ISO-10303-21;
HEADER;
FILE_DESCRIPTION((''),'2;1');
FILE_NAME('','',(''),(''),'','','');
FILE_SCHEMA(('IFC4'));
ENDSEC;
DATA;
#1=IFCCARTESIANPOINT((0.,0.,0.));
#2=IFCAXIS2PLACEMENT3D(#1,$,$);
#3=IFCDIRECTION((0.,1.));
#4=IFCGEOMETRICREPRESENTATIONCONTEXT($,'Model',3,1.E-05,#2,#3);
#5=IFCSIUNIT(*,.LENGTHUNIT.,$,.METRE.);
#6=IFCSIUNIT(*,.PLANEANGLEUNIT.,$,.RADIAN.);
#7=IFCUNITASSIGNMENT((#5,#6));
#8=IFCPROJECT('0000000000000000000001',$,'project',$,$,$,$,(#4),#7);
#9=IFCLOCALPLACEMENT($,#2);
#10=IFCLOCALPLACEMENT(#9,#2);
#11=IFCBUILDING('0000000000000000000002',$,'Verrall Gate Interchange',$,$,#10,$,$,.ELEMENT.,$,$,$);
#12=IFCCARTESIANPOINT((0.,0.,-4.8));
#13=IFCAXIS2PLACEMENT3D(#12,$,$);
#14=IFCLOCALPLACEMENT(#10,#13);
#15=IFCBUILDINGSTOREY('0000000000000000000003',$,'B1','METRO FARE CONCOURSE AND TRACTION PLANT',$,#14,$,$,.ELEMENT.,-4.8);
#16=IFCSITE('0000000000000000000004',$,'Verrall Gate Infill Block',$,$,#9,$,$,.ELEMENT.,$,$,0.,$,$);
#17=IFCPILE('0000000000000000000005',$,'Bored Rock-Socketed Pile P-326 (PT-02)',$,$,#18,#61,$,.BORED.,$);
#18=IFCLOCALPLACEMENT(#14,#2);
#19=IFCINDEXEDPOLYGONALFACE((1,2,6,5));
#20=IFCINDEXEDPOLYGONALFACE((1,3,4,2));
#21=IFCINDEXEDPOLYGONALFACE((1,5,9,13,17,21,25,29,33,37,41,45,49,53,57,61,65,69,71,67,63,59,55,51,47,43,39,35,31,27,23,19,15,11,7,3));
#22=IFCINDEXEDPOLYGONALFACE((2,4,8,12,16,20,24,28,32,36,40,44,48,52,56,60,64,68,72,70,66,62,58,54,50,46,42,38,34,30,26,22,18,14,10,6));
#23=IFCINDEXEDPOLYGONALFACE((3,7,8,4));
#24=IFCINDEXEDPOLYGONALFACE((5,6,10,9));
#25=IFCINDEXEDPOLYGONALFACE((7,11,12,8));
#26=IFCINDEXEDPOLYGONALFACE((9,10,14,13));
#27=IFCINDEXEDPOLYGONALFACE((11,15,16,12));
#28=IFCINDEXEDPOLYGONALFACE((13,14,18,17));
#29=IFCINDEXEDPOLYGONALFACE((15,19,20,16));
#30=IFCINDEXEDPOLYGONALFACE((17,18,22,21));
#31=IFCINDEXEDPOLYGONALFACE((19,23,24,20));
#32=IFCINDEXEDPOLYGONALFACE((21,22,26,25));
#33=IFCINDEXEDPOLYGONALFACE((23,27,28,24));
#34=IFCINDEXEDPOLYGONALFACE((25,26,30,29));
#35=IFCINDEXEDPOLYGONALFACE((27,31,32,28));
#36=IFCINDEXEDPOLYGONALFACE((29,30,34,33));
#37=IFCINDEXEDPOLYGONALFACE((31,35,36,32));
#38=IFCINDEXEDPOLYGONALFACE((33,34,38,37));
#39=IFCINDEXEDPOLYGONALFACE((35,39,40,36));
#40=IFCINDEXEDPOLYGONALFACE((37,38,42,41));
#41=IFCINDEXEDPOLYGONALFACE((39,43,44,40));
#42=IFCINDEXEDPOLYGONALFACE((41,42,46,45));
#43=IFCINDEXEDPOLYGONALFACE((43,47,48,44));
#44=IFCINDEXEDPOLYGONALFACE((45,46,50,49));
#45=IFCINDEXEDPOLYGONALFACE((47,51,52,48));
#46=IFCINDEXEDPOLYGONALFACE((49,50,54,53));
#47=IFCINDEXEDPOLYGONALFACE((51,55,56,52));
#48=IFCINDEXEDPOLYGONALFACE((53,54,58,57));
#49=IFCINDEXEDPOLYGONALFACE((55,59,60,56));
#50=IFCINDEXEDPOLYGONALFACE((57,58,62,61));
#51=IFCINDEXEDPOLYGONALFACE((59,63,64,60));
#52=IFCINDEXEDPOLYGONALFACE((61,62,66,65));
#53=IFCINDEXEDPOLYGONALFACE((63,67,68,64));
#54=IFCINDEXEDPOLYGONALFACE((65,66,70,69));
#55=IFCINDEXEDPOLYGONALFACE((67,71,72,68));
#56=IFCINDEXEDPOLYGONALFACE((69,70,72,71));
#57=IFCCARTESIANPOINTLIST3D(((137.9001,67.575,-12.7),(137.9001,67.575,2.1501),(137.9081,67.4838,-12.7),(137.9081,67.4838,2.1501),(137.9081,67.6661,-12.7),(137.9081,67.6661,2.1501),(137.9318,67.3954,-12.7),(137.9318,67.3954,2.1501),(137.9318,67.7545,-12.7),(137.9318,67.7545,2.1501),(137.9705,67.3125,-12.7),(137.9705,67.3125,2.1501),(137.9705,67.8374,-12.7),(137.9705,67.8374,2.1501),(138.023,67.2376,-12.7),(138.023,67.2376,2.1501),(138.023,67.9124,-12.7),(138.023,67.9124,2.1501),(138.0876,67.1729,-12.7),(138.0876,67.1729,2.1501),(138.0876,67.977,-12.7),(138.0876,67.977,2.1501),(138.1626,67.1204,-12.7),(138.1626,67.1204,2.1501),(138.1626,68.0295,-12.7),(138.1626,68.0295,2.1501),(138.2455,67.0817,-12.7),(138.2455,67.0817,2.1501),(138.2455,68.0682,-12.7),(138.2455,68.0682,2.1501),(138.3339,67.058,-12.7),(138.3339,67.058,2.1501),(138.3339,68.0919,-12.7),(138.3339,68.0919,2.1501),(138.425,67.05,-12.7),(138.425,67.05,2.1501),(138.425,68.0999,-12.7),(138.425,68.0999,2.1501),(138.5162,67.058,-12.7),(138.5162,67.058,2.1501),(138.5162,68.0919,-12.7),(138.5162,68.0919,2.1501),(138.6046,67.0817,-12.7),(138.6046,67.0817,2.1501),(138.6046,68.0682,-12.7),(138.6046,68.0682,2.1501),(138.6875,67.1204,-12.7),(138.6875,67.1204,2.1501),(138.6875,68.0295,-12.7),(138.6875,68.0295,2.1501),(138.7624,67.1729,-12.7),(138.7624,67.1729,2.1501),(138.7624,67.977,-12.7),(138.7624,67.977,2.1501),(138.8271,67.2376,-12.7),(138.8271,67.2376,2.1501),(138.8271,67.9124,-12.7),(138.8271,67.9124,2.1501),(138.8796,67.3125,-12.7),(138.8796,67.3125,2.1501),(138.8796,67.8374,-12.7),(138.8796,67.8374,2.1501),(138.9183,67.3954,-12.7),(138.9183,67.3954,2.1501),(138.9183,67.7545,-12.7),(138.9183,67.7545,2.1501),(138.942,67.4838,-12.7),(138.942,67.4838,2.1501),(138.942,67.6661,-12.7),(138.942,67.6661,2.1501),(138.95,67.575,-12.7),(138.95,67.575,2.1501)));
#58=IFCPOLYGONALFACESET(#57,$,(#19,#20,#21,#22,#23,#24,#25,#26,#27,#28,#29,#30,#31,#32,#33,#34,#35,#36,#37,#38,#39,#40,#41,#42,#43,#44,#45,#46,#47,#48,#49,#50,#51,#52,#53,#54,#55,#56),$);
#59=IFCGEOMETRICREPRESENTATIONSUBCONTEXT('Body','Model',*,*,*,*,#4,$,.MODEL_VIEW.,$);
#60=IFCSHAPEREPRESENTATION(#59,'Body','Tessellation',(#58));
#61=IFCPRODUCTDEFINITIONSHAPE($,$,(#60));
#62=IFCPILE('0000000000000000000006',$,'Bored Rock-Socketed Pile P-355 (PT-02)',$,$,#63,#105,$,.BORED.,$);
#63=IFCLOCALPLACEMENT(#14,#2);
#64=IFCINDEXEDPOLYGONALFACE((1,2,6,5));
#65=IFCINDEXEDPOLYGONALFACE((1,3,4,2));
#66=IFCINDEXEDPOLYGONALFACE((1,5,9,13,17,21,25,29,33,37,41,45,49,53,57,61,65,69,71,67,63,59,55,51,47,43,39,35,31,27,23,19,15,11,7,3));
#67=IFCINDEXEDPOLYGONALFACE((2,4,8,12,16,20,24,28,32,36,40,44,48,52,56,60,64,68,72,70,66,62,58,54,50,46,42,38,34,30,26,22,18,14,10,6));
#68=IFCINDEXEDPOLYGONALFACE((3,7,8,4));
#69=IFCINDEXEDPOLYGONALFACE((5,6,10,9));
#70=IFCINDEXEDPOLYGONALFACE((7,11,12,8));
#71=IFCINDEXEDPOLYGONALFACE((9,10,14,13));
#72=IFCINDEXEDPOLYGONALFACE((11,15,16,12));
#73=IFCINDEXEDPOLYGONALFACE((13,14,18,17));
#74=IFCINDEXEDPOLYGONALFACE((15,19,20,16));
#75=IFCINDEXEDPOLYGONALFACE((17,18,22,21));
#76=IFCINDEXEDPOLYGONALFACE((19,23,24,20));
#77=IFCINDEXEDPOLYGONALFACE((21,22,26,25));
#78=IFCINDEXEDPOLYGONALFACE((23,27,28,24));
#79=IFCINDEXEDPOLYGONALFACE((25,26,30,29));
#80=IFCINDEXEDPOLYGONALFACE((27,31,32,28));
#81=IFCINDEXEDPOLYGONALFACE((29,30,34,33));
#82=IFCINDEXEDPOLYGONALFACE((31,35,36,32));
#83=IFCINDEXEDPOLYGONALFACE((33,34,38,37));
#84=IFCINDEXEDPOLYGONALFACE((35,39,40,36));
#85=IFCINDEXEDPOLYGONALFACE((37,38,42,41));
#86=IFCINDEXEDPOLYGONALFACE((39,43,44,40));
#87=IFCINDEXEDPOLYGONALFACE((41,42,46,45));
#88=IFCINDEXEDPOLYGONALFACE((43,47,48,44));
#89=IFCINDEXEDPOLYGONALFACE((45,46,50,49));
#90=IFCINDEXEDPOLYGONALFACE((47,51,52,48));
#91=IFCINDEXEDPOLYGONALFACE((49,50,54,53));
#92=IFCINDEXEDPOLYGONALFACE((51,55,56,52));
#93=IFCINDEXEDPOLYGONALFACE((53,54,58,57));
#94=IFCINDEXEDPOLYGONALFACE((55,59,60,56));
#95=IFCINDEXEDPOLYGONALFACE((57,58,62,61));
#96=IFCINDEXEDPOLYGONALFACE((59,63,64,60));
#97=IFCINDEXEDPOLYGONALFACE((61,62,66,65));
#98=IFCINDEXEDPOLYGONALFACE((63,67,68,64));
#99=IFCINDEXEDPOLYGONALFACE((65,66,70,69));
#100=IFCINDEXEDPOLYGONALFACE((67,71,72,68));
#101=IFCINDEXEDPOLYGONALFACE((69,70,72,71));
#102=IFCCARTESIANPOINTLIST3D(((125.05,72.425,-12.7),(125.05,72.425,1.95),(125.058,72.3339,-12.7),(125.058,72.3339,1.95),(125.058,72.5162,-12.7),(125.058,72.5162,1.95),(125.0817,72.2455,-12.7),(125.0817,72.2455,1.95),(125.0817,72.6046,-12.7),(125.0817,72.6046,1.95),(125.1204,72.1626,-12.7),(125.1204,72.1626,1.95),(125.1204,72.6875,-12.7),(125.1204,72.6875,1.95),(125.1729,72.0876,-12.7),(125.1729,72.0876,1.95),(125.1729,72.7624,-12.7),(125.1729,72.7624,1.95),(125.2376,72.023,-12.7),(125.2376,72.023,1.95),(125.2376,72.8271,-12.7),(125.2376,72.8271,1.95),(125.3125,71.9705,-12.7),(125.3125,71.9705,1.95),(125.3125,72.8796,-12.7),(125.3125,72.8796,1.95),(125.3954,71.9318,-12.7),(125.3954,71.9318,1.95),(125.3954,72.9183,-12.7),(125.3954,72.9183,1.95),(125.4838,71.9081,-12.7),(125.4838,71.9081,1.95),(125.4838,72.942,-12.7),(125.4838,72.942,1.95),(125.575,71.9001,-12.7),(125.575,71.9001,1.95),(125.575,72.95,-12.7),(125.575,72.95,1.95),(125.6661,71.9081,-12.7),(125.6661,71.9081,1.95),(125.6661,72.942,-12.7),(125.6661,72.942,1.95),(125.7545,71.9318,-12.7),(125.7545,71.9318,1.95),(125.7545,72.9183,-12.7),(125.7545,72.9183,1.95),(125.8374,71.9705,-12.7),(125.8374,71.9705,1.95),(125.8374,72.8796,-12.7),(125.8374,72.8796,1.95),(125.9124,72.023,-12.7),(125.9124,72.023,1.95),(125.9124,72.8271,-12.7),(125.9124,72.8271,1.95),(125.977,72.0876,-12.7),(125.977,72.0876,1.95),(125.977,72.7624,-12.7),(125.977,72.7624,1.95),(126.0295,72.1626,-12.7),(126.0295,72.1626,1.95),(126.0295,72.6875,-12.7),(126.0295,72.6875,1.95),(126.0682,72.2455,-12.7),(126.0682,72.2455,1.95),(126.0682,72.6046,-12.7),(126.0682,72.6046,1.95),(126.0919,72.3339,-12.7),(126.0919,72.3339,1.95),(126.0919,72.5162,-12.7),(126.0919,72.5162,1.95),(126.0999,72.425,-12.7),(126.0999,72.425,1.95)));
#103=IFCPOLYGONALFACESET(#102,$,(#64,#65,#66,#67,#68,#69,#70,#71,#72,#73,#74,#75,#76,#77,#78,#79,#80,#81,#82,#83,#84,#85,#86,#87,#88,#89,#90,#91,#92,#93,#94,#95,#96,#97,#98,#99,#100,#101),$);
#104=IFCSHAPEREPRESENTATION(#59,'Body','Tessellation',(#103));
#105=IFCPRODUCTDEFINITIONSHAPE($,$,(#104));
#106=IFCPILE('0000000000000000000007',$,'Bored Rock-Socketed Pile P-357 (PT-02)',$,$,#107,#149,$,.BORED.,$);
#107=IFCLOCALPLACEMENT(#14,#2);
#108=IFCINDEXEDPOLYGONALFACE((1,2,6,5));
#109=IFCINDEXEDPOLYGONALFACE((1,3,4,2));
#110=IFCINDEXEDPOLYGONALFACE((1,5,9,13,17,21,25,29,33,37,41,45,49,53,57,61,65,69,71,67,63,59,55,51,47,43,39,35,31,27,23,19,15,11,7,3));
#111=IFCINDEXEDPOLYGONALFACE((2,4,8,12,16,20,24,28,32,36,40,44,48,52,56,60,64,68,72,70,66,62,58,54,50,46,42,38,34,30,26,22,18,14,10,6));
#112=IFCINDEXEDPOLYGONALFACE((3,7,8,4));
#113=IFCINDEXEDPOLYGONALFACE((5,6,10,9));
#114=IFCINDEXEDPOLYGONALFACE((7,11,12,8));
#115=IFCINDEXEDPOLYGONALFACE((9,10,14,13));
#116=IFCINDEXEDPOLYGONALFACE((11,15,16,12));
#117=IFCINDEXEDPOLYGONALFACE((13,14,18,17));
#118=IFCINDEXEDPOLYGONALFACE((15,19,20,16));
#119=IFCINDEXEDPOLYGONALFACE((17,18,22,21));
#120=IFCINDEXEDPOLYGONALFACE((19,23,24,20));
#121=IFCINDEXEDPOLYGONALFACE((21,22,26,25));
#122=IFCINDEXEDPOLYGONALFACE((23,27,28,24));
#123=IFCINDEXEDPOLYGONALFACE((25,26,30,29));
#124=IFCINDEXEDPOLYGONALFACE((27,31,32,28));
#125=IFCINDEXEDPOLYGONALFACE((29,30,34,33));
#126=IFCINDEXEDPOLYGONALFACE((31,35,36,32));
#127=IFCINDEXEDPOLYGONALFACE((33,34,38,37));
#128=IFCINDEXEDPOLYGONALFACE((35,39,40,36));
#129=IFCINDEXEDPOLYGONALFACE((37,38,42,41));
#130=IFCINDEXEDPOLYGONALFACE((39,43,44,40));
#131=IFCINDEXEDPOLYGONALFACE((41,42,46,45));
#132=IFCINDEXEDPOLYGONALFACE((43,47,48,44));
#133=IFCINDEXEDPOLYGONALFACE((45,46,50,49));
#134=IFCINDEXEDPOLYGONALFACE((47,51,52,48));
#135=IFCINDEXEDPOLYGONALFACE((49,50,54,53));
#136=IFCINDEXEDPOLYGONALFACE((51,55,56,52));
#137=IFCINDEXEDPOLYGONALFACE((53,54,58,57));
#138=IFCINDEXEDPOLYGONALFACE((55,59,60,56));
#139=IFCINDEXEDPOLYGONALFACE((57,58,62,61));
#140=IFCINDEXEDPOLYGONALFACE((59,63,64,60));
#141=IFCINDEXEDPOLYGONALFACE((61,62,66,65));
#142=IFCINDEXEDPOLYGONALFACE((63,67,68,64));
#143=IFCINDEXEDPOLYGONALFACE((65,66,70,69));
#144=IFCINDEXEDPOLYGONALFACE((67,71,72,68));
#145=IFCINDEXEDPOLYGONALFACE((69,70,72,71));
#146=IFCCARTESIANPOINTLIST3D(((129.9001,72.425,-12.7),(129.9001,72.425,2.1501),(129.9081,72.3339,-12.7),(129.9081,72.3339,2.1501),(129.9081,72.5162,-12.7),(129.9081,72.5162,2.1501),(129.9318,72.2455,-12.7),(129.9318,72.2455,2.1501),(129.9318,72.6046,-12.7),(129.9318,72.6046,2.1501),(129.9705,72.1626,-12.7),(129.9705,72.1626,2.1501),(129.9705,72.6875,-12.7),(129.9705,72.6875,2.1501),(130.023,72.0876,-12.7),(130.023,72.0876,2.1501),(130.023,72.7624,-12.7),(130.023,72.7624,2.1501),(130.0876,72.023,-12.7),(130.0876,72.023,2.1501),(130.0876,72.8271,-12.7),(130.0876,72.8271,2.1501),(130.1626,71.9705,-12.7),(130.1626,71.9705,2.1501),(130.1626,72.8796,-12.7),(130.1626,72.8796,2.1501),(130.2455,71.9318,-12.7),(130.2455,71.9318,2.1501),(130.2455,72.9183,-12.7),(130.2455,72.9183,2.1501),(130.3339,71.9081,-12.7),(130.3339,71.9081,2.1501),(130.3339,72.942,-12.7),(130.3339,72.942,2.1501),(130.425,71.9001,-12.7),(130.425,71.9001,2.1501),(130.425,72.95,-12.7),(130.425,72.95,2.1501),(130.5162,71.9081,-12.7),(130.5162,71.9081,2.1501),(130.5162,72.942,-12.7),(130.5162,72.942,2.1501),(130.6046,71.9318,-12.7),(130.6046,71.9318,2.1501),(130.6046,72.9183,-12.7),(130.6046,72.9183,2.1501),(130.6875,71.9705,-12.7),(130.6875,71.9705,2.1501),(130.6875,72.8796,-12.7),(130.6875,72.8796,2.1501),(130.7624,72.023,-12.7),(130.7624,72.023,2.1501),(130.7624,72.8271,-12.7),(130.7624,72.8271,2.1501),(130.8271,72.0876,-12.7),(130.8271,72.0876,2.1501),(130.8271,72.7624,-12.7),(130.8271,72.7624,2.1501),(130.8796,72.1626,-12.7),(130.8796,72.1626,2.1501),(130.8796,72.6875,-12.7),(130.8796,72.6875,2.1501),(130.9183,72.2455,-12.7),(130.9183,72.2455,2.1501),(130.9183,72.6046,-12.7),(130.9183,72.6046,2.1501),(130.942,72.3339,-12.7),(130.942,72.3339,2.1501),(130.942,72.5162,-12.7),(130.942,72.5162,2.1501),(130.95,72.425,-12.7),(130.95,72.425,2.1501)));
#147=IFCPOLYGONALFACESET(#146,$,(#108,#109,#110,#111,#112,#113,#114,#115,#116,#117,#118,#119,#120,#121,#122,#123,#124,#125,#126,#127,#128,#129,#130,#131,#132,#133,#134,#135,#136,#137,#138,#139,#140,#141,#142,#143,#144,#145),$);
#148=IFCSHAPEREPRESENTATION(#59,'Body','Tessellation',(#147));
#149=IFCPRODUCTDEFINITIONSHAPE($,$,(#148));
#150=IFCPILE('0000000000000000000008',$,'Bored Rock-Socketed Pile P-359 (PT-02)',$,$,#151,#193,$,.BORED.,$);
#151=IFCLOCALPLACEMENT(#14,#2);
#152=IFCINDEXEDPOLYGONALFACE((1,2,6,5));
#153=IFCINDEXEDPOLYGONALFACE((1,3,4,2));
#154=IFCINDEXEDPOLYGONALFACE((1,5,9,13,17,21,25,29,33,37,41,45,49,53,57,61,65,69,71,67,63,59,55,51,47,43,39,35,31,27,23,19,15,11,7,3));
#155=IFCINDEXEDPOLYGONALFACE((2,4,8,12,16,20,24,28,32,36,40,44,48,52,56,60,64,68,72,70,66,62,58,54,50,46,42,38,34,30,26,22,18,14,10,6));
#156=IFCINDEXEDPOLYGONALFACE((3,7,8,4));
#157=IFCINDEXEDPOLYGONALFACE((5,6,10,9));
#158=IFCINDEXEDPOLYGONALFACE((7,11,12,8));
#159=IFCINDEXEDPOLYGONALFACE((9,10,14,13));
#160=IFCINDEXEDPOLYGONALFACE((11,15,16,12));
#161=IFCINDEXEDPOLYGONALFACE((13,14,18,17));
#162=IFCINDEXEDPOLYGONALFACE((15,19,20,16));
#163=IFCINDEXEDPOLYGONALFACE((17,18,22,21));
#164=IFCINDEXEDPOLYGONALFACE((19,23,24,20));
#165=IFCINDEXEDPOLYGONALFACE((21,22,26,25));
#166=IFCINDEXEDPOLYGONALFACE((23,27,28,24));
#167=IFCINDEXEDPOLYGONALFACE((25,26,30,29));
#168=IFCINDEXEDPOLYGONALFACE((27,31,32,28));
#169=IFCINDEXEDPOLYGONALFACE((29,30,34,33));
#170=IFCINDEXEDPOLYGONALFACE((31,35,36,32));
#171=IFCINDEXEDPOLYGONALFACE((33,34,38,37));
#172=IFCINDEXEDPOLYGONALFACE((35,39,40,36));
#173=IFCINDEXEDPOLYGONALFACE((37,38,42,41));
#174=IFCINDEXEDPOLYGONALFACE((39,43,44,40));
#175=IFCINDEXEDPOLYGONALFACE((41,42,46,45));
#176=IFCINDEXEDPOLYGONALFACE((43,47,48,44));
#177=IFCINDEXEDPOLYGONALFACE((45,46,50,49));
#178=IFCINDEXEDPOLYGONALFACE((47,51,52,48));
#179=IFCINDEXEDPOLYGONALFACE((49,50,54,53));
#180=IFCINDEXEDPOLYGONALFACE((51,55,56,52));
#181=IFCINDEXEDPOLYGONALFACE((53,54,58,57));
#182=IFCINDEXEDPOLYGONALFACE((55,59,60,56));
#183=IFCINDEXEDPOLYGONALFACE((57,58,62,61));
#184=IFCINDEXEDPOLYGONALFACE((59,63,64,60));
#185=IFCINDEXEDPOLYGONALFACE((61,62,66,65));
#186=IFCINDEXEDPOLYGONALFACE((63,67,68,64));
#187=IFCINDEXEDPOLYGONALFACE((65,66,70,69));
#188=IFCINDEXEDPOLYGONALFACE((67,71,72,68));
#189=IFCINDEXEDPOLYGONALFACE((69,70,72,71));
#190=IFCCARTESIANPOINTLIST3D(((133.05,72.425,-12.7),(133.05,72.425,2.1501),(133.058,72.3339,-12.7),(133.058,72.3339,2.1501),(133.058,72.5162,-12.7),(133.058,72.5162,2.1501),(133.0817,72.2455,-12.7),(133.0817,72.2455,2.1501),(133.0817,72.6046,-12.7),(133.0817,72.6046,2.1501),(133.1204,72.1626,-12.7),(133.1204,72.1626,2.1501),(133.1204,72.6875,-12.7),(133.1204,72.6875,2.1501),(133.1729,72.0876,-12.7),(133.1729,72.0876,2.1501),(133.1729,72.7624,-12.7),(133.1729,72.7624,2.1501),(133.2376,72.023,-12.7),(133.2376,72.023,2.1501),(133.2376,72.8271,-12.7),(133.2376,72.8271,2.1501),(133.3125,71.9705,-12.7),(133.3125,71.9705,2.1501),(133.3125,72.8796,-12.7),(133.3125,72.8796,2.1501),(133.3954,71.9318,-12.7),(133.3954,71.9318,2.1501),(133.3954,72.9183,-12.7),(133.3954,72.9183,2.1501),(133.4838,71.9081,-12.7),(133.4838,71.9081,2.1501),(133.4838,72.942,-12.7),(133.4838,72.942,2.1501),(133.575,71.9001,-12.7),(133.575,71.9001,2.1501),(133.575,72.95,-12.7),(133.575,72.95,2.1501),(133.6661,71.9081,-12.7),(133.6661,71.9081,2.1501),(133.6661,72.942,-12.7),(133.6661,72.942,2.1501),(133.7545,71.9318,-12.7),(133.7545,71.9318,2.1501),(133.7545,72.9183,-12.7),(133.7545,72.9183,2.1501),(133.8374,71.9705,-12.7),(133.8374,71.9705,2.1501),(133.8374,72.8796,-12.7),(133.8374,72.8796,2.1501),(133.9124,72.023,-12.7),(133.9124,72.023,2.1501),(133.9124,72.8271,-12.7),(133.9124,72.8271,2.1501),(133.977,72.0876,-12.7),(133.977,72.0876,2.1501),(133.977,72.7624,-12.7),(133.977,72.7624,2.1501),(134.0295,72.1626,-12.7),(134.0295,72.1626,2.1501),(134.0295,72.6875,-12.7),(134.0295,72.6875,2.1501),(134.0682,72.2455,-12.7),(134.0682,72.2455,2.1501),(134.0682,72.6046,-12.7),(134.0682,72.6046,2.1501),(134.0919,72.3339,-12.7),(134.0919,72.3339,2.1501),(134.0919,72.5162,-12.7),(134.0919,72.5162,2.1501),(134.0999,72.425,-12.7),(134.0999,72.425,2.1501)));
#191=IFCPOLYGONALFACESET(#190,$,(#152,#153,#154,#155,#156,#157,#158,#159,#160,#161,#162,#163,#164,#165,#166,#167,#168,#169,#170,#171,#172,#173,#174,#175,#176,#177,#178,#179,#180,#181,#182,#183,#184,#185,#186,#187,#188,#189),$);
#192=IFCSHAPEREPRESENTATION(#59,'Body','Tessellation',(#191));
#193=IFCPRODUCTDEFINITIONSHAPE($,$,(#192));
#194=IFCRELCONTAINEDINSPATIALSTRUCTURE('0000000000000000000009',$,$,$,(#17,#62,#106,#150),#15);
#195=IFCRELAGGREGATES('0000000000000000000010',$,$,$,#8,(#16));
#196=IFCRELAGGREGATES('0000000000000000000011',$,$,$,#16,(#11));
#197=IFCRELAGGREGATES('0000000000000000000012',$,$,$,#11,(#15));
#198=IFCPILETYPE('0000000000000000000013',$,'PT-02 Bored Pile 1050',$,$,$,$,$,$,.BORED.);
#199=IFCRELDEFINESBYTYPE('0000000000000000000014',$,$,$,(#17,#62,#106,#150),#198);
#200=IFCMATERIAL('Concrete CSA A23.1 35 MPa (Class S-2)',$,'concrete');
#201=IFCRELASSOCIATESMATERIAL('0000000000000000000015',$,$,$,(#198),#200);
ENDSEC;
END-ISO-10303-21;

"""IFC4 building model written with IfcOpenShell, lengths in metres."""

from ifc_helpers import new_model, si_unit, direction, frame, origin, origin_2d, place, context, subcontext, project, spatial, circle, extrude, material, material_profile, profile_set, type_object, element, save


model = new_model("IFC4")

# Units and contexts
model_context = context("Model", 3, precision=1e-05, world=origin(), true_north=direction((0.0, 1.0)))
body_context = subcontext(model_context, "Body", "Model", "MODEL_VIEW")
ifc_project = project(units=[si_unit("LENGTHUNIT", "METRE"), si_unit("PLANEANGLEUNIT", "RADIAN")], contexts=[model_context])

# Site, building, storey
site_placement = place(None, origin())
site = spatial("IfcSite", under=ifc_project, at=site_placement, Name="Verrall Gate Infill Block", CompositionType="ELEMENT", RefElevation=0.0)
building_placement = place(site_placement, origin())
building = spatial("IfcBuilding", under=site, at=building_placement, Name="Verrall Gate Interchange", CompositionType="ELEMENT")
storey_placement = place(building_placement, frame((0.0, 0.0, -4.8)))
storey = spatial("IfcBuildingStorey", under=building, at=storey_placement, Name="B1", Description="METRO FARE CONCOURSE AND TRACTION PLANT", CompositionType="ELEMENT", Elevation=-4.8)

# Piles
ifc_material_1 = material(Name="Concrete CSA A23.1 35 MPa (Class S-2)", Category="concrete")
ifc_material_profile_1 = material_profile(ifc_material_1, circle(Radius=0.5249, at=origin_2d()), Name="PILE1050D")
ifc_profile_set_1 = profile_set([ifc_material_profile_1], Name="Concrete CSA A23.1 35 MPa (Class S-2)")
pile_type = type_object("IfcPileType", Name="PT-02 Bored Pile 1050", PredefinedType="BORED", material=ifc_profile_set_1)
for number, where, z_axis, x_axis, name in (
    (1, (138.425, 67.575, 2.1501), (0.0, 0.0, -1.0), (1.0, 0.0, 0.0), "Bored Rock-Socketed Pile P-326 (PT-02)"),
):
    element("IfcPile", number, at=place(storey_placement, frame(where, z_axis=z_axis, x_axis=x_axis)), inside=storey, type_object=pile_type, Name=name, PredefinedType="BORED", context=body_context, shape_type="SweptSolid", body=[
        extrude(circle(Radius=0.5249, at=origin_2d()), origin(), (0.0, 0.0, 1.0), 14.8501),
    ])
pile_1_placement = place(storey_placement, frame((125.575, 72.425, 1.95), z_axis=(0.0, 0.0, -1.0), x_axis=(1.0, 0.0, 0.0)))
element("IfcPile", 2, at=pile_1_placement, inside=storey, type_object=pile_type, Name="Bored Rock-Socketed Pile P-355 (PT-02)", PredefinedType="BORED", context=body_context, shape_type="SweptSolid", body=[
    extrude(circle(Radius=0.5249, at=origin_2d()), origin(), (0.0, 0.0, 1.0), 14.6499),
])
for number, where, z_axis, x_axis, name in (
    (3, (130.425, 72.425, 2.1501), (0.0, 0.0, -1.0), (1.0, 0.0, 0.0), "Bored Rock-Socketed Pile P-357 (PT-02)"),
    (4, (133.575, 72.425, 2.1501), (0.0, 0.0, -1.0), (1.0, 0.0, 0.0), "Bored Rock-Socketed Pile P-359 (PT-02)"),
):
    element("IfcPile", number, at=place(storey_placement, frame(where, z_axis=z_axis, x_axis=x_axis)), inside=storey, type_object=pile_type, Name=name, PredefinedType="BORED", context=body_context, shape_type="SweptSolid", body=[
        extrude(circle(Radius=0.5249, at=origin_2d()), origin(), (0.0, 0.0, 1.0), 14.8501),
    ])

save(model, "model.ifc")
